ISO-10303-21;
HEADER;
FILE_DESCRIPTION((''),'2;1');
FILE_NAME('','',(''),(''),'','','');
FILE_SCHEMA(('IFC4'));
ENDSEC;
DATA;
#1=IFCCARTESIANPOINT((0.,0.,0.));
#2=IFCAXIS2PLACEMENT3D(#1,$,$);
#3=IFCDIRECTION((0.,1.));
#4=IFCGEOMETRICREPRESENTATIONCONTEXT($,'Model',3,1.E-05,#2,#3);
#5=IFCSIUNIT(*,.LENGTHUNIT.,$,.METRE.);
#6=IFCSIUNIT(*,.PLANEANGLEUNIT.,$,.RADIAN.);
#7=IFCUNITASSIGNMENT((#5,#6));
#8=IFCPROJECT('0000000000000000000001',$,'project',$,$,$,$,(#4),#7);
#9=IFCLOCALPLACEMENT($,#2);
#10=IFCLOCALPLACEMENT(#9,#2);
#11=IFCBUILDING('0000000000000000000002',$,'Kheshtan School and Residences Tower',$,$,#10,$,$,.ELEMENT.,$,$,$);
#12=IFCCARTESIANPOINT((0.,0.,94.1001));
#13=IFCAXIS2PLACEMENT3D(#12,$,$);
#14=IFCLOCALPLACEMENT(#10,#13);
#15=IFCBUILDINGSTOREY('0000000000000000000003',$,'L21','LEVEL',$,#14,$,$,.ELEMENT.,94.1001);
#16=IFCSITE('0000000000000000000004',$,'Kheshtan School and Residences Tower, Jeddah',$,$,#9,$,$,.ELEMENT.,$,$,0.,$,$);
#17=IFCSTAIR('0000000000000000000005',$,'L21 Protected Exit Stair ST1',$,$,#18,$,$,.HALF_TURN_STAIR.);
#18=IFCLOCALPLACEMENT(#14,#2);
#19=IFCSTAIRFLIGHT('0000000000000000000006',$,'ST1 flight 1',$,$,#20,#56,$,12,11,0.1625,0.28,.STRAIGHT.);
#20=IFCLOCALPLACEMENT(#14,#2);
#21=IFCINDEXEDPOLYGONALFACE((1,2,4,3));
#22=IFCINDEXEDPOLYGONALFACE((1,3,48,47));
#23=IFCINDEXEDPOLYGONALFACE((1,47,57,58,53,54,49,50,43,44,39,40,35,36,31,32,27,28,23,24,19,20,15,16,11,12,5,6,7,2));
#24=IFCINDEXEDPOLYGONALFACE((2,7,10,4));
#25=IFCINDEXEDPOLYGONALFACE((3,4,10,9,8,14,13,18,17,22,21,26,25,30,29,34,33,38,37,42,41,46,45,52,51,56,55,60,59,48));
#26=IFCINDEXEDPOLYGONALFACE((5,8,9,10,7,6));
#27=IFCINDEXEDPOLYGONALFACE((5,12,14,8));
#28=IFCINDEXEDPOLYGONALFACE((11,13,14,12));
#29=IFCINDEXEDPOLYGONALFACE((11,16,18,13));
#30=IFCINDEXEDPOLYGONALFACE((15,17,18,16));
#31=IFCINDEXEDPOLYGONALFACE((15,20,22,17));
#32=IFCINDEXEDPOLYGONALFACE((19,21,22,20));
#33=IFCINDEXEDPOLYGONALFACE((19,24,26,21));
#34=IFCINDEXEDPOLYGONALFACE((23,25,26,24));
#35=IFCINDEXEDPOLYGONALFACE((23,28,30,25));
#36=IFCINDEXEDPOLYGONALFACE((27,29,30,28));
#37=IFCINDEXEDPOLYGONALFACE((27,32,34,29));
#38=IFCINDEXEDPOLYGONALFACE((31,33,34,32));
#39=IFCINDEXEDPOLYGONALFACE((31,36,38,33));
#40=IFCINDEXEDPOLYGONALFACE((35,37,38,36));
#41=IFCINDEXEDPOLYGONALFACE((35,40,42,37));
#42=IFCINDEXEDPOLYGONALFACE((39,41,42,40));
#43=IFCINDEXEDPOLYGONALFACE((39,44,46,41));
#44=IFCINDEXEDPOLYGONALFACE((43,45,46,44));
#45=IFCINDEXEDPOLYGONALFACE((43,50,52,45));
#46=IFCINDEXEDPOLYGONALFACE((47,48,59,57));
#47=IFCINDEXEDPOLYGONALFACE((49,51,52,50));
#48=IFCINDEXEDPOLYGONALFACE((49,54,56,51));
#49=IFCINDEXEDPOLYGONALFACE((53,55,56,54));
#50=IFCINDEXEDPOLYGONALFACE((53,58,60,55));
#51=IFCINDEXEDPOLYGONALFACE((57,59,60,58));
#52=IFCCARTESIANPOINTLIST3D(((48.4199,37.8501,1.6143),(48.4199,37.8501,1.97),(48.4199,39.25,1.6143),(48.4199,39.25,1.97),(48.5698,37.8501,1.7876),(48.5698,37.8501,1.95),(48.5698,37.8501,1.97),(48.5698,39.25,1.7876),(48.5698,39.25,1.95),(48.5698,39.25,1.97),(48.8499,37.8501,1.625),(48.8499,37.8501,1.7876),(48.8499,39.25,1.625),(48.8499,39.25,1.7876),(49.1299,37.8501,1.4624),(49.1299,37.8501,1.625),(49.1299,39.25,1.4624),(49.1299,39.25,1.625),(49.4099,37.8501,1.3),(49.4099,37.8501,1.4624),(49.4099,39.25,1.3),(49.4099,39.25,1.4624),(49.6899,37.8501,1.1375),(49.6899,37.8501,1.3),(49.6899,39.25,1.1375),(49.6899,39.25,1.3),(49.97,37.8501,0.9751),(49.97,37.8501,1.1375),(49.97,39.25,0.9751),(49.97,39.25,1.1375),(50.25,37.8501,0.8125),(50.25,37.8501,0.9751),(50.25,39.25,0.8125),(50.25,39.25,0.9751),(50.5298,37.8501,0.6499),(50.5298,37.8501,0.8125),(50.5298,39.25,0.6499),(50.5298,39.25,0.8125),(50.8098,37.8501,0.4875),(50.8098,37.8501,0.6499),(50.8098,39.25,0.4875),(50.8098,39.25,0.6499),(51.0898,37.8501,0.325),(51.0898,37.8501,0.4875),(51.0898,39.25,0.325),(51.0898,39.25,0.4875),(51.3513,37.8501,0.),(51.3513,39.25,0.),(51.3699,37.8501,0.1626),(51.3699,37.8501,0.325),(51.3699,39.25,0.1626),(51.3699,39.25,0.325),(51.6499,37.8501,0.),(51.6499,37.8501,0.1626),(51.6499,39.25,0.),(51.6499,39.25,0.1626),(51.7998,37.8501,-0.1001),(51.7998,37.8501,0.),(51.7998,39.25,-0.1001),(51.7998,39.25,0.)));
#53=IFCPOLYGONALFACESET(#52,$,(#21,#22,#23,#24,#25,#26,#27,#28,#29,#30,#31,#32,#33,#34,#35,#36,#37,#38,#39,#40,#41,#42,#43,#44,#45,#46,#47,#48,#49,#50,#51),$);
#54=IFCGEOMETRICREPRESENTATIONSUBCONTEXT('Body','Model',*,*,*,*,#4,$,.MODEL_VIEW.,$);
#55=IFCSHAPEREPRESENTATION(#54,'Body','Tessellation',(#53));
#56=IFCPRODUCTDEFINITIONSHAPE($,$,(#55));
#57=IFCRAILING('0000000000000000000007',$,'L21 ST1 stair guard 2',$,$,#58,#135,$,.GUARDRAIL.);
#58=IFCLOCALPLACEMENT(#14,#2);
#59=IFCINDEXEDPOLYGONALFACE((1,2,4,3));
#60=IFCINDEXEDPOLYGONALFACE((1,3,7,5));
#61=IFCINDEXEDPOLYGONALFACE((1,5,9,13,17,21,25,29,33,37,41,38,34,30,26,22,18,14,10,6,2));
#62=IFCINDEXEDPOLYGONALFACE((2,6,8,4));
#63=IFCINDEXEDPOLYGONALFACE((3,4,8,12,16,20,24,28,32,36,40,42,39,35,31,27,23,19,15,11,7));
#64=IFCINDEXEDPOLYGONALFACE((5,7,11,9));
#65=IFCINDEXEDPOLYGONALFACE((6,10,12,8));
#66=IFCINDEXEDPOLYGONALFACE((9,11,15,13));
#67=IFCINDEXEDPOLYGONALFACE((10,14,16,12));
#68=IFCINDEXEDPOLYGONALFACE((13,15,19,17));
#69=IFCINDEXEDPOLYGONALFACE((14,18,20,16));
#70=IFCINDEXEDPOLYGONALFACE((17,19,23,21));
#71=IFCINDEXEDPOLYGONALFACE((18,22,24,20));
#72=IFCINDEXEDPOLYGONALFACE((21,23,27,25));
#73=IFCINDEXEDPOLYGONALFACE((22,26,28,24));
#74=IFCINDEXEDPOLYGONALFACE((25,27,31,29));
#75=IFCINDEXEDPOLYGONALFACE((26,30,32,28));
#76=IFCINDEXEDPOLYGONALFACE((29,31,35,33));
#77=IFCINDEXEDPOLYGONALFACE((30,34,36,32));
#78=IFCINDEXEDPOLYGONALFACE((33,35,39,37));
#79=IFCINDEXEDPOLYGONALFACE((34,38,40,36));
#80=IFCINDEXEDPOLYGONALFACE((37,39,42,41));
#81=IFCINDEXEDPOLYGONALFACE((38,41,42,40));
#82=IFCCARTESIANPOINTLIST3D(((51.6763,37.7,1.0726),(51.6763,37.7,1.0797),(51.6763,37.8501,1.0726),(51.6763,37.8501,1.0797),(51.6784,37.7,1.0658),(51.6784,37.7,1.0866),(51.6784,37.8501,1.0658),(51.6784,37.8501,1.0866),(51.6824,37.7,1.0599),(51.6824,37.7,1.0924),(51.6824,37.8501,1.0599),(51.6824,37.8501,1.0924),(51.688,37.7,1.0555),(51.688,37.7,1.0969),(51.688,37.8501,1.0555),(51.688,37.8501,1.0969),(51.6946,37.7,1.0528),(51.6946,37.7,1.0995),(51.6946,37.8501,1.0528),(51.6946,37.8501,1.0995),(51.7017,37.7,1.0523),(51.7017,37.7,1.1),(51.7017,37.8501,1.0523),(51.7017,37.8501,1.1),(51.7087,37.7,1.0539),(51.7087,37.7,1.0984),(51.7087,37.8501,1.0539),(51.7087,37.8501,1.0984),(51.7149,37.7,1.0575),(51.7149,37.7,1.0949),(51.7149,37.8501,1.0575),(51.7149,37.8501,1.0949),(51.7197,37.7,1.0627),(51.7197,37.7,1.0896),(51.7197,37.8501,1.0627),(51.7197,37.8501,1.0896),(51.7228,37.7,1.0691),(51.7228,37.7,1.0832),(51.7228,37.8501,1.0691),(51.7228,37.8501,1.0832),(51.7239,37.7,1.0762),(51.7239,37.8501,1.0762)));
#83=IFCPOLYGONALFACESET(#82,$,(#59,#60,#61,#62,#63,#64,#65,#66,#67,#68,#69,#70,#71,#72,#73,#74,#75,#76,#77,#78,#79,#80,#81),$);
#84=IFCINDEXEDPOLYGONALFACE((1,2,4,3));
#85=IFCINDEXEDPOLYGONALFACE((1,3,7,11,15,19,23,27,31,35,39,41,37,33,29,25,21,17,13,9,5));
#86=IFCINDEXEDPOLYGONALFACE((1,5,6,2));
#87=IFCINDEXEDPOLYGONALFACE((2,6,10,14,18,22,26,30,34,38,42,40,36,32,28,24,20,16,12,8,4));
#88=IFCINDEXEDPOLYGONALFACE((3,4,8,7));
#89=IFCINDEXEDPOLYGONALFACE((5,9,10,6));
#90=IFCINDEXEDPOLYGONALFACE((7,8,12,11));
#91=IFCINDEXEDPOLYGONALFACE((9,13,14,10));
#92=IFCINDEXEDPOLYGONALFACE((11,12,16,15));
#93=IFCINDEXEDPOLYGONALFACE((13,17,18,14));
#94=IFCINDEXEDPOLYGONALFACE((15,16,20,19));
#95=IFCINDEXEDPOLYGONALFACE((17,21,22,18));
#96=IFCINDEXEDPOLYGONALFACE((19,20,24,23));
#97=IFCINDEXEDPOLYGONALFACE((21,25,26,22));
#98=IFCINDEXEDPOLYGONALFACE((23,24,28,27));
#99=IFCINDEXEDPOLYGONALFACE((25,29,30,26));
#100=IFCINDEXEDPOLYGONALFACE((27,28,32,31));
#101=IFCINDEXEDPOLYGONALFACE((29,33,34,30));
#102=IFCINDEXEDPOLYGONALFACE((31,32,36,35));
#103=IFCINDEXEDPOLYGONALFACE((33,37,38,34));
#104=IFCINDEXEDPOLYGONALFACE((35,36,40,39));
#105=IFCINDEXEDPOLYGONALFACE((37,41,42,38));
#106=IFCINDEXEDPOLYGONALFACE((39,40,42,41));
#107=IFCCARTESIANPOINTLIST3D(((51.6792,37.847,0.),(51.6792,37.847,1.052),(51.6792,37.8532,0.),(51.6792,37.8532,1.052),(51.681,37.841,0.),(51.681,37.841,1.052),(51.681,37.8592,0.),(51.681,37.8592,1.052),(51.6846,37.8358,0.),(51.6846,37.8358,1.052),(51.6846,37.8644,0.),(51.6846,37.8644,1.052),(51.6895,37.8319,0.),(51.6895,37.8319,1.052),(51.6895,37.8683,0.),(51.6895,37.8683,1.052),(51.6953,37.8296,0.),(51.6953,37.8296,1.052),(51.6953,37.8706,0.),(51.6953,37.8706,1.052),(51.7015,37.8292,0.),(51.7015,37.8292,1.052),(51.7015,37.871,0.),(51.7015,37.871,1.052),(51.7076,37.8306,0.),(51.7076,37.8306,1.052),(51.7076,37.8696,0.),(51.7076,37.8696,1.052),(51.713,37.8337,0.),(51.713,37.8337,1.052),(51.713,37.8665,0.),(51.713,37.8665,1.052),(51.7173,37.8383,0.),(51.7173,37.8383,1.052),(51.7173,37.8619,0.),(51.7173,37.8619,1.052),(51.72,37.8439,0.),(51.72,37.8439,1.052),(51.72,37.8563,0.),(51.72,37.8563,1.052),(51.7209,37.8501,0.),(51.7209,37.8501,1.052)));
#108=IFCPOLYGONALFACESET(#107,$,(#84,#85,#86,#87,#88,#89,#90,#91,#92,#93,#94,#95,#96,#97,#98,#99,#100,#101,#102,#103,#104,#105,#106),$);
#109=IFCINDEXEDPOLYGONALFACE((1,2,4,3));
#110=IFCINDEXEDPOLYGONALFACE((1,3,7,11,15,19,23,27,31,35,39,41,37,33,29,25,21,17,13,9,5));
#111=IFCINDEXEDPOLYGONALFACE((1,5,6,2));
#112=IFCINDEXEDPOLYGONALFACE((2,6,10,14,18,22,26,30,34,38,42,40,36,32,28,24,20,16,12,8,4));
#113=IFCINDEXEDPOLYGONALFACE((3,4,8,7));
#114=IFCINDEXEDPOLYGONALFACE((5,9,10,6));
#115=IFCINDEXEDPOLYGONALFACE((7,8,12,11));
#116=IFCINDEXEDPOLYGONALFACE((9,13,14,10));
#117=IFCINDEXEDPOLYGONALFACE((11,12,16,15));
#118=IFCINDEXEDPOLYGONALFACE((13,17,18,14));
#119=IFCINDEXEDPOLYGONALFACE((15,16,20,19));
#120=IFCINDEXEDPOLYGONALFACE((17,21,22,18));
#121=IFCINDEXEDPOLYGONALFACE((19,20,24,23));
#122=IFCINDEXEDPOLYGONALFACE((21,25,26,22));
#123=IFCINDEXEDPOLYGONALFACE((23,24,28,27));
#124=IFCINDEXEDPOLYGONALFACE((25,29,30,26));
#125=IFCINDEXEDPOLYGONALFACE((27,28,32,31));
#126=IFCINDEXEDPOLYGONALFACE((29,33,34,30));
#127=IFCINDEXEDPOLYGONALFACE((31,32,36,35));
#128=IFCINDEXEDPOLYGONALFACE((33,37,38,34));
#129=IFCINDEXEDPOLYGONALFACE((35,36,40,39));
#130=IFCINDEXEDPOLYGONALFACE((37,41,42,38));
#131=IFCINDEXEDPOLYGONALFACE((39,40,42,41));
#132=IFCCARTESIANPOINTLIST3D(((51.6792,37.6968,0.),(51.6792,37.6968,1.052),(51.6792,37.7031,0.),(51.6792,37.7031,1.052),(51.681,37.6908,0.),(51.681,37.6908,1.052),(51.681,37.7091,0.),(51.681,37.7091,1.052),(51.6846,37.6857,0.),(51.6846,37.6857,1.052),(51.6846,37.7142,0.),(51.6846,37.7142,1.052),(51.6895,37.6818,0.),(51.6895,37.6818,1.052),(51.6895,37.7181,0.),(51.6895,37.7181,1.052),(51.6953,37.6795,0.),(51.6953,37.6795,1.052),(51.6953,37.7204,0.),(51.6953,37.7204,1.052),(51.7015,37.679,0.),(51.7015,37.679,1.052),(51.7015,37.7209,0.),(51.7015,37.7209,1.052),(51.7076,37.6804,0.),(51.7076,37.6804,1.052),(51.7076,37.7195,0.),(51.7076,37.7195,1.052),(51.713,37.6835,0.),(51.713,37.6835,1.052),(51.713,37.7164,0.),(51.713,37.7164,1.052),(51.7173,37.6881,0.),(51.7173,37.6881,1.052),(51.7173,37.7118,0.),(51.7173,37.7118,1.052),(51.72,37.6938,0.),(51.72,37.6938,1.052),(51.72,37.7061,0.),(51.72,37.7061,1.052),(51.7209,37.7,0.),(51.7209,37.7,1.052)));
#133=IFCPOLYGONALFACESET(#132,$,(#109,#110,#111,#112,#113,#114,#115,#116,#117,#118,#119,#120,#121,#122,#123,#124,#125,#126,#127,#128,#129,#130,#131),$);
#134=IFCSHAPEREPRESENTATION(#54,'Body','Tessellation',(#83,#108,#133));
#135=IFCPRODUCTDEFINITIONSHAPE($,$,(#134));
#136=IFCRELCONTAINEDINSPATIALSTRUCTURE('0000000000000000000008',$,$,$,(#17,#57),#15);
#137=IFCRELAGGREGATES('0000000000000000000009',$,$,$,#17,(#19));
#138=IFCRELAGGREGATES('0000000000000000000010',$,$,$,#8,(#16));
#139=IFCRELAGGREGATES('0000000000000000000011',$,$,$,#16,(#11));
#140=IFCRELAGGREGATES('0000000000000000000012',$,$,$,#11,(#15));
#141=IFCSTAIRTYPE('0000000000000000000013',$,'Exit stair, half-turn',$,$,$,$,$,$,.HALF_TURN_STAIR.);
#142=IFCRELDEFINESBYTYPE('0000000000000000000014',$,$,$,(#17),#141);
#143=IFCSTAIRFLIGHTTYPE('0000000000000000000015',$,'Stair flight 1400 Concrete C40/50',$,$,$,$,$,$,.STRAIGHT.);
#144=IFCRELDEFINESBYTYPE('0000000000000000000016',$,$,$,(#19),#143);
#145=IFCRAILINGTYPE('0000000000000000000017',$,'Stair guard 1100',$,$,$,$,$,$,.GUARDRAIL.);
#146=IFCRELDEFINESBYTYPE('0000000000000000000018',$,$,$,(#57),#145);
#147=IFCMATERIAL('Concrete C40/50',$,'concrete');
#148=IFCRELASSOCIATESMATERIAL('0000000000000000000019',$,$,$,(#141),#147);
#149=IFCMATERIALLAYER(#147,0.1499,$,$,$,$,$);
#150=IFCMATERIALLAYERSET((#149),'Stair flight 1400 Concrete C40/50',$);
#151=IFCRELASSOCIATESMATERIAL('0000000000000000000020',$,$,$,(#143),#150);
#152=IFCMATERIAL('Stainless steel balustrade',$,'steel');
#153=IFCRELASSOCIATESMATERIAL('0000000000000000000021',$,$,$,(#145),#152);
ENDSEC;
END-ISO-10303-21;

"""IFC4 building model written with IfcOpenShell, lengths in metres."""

from ifc_helpers import new_model, si_unit, direction, frame, origin, origin_2d, place, context, subcontext, project, spatial, polyline, circle, outline, extrude, material, layer, layer_set, type_object, element, aggregate, save


model = new_model("IFC4")

# Units and contexts
model_context = context("Model", 3, precision=1e-05, world=origin(), true_north=direction((0.0, 1.0)))
body_context = subcontext(model_context, "Body", "Model", "MODEL_VIEW")
ifc_project = project(units=[si_unit("LENGTHUNIT", "METRE"), si_unit("PLANEANGLEUNIT", "RADIAN")], contexts=[model_context])

# Site, building, storey
site_placement = place(None, origin())
site = spatial("IfcSite", under=ifc_project, at=site_placement, Name="Kheshtan School and Residences Tower, Jeddah", CompositionType="ELEMENT", RefElevation=0.0)
building_placement = place(site_placement, origin())
building = spatial("IfcBuilding", under=site, at=building_placement, Name="Kheshtan School and Residences Tower", CompositionType="ELEMENT")
storey_placement = place(building_placement, frame((0.0, 0.0, 94.1001)))
storey = spatial("IfcBuildingStorey", under=building, at=storey_placement, Name="L21", Description="LEVEL", CompositionType="ELEMENT", Elevation=94.1001)

# Shared definitions
ifc_material_1 = material(Name="Concrete C40/50", Category="concrete")

# Stair, stair flight
stair_type = type_object("IfcStairType", Name="Exit stair, half-turn", PredefinedType="HALF_TURN_STAIR", material=ifc_material_1)
stair_placement = place(storey_placement, origin())
stair = element("IfcStair", 1, at=stair_placement, inside=storey, type_object=stair_type, Name="L21 Protected Exit Stair ST1", PredefinedType="HALF_TURN_STAIR")
ifc_layer_1 = layer(ifc_material_1, 0.1499)
ifc_layer_set_1 = layer_set([ifc_layer_1], Name="Stair flight 1400 Concrete C40/50")
stair_flight_type = type_object("IfcStairFlightType", Name="Stair flight 1400 Concrete C40/50", PredefinedType="STRAIGHT", material=ifc_layer_set_1)
stair_flight_placement = place(storey_placement, frame((51.6499, 38.55, 0.0), z_axis=(0.0, 0.0, 1.0), x_axis=(-1.0, 0.0, 0.0)))
stair_flight = element("IfcStairFlight", 2, at=stair_flight_placement, type_object=stair_flight_type, Name="ST1 flight 1", NumberOfRisers=12, NumberOfTreads=11, PredefinedType="STRAIGHT", RiserHeight=0.1625, TreadLength=0.28, context=body_context, shape_type="SweptSolid", body=[
    extrude(outline(polyline([(-0.1499, -0.1001), (-0.1499, 0.0), (0.0, 0.0), (0.0, 0.1626), (0.28, 0.1626), (0.28, 0.325), (0.5601, 0.325), (0.5601, 0.4875), (0.8401, 0.4875), (0.8401, 0.6499), (1.1201, 0.6499), (1.1201, 0.8125), (1.3999, 0.8125), (1.3999, 0.9751), (1.6799, 0.9751), (1.6799, 1.1375), (1.96, 1.1375), (1.96, 1.3), (2.24, 1.3), (2.24, 1.4624), (2.52, 1.4624), (2.52, 1.625), (2.8, 1.625), (2.8, 1.7876), (3.0801, 1.7876), (3.0801, 1.95), (3.0801, 1.97), (3.23, 1.97), (3.23, 1.6143), (0.2986, 0.0), (-0.1499, -0.1001)])), frame((0.0, 0.7, 0.0), z_axis=(0.0, -1.0, 0.0), x_axis=(1.0, 0.0, 0.0)), (0.0, 0.0, 1.0), 1.3999),
])
aggregate(stair, [stair_flight])

# Railing
ifc_material_2 = material(Name="Stainless steel balustrade", Category="steel")
railing_type_1 = type_object("IfcRailingType", Name="Stair guard 1100", PredefinedType="GUARDRAIL", material=ifc_material_2)
railing_1_placement = place(storey_placement, frame((51.7, 37.8501, 0.0)))
element("IfcRailing", 3, at=railing_1_placement, inside=storey, type_object=railing_type_1, Name="L21 ST1 stair guard 2", PredefinedType="GUARDRAIL", context=body_context, shape_type="SweptSolid", body=[
    extrude(circle(Radius=0.0239, at=origin_2d()), frame((0.0, 0.0, 1.0762), z_axis=(0.0, -1.0, 0.0), x_axis=(1.0, 0.0, 0.0)), (0.0, 0.0, 1.0), 0.1501),
    extrude(circle(Radius=0.021, at=origin_2d()), origin(), (0.0, 0.0, 1.0), 1.052),
    extrude(circle(Radius=0.021, at=origin_2d()), frame((0.0, -0.1501, 0.0)), (0.0, 0.0, 1.0), 1.052),
])

save(model, "model.ifc")
